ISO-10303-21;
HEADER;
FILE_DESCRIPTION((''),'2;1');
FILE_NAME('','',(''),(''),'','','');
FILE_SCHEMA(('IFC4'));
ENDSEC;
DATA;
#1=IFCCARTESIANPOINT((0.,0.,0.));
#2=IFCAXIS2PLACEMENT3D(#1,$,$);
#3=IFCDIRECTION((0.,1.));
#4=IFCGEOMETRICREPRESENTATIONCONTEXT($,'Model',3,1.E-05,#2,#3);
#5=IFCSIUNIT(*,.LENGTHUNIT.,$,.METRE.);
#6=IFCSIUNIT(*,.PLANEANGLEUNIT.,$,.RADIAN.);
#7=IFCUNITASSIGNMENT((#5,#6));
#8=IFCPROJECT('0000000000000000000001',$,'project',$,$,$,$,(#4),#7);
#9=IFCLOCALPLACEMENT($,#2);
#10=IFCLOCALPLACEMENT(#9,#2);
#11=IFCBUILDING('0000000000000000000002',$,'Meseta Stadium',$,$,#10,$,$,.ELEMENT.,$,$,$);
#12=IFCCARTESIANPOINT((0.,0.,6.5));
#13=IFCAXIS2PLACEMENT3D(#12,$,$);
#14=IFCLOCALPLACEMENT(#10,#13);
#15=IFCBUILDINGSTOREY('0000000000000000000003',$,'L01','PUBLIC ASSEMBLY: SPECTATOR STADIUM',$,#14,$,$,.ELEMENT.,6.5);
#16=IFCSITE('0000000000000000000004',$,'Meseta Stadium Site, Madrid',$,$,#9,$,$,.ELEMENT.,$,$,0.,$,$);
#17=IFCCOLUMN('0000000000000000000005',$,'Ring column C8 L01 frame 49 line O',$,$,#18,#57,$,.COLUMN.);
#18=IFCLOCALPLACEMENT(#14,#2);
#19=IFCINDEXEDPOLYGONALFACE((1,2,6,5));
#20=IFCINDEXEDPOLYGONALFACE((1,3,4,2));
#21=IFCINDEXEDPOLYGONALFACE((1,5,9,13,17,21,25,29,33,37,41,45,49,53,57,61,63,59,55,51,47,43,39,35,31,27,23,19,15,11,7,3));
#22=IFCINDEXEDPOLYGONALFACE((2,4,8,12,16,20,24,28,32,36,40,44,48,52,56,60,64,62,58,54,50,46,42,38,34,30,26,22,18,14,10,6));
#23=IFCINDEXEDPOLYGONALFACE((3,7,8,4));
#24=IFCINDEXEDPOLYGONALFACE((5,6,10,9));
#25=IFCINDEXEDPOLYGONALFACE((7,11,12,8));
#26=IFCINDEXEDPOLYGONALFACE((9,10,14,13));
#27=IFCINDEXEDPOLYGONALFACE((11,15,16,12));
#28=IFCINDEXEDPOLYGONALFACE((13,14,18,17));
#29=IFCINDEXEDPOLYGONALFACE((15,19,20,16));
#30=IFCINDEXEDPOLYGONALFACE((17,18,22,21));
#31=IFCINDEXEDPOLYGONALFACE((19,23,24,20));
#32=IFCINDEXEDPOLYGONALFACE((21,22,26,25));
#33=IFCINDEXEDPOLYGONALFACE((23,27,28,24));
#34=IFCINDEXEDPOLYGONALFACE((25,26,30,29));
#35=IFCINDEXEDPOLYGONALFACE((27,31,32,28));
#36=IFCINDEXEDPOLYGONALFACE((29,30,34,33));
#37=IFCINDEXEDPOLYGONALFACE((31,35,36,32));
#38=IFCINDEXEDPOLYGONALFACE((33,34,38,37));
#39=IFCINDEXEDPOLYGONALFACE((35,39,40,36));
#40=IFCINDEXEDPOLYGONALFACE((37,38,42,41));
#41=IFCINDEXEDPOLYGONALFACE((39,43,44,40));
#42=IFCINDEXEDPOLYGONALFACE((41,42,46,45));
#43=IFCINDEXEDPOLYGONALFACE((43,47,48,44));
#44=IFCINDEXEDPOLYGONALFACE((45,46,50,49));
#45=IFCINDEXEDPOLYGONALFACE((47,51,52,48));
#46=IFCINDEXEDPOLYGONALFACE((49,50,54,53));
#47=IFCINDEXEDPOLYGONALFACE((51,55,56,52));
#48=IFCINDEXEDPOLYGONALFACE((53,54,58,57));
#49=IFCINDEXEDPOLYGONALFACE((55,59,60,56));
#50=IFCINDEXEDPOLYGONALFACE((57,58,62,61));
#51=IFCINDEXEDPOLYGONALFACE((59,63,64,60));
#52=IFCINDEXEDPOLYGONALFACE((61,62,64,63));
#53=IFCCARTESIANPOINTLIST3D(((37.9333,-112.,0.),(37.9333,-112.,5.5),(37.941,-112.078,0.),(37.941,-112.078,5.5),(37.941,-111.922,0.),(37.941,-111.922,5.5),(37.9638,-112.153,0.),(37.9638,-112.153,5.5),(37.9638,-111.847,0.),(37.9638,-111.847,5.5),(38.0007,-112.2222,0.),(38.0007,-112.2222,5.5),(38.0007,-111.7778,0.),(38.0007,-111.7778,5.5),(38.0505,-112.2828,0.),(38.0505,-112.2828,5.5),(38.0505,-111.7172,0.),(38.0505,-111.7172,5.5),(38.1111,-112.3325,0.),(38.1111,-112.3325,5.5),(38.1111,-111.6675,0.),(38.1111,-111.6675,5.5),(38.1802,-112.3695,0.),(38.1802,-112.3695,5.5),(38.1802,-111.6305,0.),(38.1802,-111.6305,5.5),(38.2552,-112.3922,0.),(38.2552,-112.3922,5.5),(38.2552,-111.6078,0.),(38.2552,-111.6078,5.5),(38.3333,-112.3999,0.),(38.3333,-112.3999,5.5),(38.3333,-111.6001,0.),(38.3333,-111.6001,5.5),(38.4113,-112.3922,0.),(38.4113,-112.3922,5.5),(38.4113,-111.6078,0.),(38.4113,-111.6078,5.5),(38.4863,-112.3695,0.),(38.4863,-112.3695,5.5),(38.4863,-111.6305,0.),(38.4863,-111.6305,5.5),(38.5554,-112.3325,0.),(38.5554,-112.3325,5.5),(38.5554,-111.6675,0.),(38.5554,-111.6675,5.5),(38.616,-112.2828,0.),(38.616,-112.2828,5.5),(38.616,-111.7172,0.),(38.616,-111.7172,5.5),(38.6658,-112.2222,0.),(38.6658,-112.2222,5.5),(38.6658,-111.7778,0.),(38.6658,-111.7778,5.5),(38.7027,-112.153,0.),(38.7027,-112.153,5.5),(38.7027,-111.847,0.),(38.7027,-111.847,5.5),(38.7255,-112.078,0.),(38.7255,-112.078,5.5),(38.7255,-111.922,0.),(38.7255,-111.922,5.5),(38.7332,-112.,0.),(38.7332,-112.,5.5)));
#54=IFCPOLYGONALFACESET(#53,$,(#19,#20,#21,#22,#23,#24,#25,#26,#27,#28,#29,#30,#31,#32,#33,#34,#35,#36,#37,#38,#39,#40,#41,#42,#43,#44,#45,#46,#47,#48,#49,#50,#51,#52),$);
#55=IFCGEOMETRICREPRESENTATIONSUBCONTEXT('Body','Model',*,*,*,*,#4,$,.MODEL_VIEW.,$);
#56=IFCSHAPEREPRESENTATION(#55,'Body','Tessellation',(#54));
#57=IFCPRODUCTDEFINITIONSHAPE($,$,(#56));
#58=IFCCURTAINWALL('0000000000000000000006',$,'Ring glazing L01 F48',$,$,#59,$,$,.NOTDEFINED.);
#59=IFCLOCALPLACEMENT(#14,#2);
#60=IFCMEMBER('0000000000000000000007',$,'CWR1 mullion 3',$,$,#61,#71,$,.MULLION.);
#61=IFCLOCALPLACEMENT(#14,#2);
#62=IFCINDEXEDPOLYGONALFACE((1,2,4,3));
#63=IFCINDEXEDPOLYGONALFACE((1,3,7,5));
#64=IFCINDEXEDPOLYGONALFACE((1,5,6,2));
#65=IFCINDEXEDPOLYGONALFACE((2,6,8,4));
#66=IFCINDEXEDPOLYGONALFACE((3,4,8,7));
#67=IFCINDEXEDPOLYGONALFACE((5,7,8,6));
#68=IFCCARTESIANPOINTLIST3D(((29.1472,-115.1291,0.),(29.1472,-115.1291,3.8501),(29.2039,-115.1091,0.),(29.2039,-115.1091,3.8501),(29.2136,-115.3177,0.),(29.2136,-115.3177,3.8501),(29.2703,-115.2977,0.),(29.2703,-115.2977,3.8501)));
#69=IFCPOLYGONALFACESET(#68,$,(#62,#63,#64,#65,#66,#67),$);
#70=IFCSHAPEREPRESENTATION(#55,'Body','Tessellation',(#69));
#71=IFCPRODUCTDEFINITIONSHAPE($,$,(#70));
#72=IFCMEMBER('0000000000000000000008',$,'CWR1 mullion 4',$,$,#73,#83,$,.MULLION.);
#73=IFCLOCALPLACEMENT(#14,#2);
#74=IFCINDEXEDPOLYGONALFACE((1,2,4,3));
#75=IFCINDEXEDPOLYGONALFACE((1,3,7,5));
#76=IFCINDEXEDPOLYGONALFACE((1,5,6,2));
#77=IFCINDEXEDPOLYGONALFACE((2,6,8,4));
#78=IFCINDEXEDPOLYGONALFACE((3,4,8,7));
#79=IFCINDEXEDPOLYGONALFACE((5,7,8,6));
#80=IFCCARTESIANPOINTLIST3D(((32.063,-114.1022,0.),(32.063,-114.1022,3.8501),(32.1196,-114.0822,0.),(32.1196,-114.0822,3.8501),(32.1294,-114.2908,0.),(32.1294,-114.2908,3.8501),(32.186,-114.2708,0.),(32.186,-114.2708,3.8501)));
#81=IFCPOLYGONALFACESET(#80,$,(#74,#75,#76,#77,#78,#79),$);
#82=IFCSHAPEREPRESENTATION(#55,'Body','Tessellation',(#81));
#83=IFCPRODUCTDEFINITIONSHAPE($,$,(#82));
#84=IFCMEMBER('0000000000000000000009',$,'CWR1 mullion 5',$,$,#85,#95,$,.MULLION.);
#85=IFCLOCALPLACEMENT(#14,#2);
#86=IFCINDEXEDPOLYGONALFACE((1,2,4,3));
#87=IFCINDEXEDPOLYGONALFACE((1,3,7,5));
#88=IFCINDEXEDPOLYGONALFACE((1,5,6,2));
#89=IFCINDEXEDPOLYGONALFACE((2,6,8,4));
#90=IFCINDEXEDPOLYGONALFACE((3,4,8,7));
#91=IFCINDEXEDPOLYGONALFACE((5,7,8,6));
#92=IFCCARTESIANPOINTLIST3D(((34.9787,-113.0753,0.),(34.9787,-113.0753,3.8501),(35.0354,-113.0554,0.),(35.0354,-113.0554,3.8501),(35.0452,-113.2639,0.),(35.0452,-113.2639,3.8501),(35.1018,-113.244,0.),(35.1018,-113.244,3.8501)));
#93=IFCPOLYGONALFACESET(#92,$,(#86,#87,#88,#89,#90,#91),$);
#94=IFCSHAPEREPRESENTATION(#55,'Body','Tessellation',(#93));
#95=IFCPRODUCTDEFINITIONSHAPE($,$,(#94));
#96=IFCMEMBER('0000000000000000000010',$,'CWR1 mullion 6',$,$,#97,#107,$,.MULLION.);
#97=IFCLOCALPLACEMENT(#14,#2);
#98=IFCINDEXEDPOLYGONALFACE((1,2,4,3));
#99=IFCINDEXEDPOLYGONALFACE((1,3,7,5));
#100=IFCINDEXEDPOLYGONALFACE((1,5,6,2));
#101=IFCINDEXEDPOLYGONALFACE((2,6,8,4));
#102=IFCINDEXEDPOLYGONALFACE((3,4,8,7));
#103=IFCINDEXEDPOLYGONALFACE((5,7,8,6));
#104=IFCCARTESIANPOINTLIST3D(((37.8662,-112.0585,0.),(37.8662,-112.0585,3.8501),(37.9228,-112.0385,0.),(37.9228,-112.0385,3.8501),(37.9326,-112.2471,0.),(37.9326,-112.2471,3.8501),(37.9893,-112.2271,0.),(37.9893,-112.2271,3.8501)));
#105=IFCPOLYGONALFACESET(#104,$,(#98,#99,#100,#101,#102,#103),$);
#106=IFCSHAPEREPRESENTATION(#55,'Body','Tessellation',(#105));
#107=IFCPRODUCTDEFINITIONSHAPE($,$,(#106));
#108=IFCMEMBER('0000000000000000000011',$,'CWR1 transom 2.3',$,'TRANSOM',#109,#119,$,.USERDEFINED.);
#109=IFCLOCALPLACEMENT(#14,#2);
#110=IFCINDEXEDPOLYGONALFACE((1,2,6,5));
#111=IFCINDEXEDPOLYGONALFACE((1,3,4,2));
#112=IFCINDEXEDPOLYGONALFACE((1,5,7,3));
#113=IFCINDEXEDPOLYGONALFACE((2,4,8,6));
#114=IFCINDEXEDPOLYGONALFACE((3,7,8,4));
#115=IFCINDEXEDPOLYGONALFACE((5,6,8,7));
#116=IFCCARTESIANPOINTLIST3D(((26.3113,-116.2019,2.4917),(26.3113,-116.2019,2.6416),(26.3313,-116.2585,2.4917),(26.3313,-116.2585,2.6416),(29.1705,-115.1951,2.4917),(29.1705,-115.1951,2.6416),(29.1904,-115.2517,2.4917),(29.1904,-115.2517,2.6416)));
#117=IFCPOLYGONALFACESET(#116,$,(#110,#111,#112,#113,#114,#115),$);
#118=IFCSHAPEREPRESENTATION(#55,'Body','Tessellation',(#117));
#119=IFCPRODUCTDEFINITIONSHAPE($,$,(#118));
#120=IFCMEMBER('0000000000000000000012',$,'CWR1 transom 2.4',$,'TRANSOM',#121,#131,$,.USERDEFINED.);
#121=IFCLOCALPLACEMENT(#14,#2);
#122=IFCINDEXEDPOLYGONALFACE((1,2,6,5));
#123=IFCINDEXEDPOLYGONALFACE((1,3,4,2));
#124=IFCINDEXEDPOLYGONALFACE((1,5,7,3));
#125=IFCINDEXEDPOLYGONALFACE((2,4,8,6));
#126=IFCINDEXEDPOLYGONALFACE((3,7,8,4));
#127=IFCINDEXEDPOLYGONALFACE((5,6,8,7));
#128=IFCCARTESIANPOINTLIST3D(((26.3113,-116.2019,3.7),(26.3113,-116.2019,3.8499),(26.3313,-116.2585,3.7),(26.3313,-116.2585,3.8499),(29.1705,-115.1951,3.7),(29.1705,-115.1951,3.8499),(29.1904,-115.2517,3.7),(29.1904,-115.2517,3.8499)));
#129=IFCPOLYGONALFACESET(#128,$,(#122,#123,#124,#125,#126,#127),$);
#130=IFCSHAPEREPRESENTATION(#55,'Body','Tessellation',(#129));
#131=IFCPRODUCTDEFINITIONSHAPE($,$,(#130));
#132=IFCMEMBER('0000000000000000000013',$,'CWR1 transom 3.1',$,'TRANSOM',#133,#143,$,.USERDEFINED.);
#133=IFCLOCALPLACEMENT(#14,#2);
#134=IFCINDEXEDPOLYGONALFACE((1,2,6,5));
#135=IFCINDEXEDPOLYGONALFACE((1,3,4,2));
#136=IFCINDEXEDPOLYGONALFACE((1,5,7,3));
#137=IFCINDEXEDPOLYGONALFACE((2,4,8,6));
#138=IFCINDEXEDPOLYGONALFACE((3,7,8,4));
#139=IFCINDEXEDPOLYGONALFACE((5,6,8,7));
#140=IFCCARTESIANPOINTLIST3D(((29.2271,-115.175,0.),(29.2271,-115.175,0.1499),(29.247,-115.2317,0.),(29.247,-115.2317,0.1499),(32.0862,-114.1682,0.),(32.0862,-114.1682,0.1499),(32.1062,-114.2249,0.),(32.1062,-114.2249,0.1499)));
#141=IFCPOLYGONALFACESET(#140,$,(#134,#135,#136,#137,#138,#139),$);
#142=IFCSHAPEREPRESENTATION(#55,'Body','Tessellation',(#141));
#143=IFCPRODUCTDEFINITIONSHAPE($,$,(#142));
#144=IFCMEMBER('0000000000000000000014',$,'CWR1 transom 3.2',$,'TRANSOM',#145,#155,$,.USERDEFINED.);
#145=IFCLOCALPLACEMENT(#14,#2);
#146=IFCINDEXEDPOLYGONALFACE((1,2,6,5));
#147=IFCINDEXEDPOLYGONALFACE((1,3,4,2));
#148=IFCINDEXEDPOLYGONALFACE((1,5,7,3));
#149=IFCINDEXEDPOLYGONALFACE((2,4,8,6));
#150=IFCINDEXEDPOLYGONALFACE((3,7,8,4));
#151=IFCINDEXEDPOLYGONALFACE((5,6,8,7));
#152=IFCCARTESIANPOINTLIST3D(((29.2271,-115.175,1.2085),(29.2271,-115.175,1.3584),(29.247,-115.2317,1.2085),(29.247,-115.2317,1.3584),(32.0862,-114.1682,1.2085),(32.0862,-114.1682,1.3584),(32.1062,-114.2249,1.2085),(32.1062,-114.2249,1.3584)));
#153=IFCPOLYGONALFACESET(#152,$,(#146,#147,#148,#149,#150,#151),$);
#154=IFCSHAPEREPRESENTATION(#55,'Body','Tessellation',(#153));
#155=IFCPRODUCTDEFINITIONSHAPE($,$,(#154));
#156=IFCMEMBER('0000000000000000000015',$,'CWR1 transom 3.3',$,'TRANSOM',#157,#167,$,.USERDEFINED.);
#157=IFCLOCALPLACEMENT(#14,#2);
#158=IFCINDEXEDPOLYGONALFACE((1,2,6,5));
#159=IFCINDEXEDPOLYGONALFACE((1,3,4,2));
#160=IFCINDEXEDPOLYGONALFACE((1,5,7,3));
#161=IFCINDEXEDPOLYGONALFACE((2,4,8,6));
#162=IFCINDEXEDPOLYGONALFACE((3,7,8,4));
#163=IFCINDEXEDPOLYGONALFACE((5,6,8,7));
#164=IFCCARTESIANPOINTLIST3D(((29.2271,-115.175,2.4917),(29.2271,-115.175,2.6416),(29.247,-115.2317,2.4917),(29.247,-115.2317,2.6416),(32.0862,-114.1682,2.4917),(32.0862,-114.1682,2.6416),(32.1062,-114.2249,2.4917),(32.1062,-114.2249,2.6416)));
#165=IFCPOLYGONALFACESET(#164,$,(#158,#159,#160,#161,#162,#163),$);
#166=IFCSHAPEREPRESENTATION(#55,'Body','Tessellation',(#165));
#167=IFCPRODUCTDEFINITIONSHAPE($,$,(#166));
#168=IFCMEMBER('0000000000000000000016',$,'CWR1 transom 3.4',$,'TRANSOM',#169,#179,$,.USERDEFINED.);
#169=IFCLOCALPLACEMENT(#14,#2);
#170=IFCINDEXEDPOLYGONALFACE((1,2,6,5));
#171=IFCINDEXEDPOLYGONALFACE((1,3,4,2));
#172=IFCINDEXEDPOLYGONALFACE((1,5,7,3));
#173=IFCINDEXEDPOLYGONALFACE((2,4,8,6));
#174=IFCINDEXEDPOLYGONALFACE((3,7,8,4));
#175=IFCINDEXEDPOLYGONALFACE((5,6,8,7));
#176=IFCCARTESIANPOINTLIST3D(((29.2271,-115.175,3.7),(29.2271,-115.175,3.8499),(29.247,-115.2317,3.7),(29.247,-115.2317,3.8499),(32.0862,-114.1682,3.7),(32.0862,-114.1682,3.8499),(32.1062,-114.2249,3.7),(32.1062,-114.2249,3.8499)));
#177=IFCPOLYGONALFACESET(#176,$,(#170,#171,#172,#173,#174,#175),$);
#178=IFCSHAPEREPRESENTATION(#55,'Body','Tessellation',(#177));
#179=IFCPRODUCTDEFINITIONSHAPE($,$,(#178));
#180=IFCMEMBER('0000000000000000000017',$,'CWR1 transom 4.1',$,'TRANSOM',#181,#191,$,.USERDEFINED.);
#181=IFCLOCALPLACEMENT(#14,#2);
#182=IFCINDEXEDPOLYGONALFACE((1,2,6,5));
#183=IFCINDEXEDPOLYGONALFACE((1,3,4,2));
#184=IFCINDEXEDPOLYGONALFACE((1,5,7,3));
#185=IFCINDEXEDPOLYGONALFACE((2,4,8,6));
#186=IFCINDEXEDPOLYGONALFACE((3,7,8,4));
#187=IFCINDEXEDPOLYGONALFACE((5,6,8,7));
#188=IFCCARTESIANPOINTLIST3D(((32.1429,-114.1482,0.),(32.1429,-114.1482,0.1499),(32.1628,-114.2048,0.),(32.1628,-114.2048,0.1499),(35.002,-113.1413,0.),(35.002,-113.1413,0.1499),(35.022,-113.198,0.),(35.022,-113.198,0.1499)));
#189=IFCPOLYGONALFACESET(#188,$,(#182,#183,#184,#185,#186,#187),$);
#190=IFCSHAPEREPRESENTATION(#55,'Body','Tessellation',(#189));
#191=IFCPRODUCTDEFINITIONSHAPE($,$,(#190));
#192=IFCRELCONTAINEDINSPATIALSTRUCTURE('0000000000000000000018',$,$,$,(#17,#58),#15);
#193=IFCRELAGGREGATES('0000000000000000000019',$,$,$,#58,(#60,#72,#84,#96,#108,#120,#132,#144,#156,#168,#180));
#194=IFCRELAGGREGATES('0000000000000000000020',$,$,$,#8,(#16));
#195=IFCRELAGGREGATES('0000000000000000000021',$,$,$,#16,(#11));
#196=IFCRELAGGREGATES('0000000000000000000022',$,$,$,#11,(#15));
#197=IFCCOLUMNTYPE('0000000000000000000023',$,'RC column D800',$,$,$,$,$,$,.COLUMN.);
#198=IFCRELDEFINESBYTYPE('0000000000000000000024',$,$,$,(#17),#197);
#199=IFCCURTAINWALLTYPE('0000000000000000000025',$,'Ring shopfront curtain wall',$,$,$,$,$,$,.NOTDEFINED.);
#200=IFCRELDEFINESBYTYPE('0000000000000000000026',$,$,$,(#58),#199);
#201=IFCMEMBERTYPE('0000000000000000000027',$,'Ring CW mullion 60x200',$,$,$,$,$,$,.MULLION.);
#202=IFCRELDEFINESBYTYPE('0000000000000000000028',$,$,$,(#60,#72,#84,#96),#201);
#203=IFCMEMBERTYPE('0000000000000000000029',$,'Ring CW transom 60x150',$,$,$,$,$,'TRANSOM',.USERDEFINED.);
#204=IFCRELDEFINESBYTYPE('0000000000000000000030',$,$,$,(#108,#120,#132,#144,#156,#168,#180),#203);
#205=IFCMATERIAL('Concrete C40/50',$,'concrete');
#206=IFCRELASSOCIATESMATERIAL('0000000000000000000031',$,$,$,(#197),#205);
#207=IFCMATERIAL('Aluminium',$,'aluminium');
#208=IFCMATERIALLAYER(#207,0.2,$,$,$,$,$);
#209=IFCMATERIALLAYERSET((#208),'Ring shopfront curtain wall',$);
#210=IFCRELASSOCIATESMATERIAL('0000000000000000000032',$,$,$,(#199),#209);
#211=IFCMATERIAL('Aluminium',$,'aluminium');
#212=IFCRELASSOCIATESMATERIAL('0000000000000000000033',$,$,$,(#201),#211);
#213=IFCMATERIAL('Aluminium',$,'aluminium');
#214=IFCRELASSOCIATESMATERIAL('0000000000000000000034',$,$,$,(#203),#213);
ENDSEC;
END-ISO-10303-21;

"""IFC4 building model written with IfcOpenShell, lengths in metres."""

from ifc_helpers import new_model, si_unit, direction, frame, origin, origin_2d, place, context, subcontext, project, spatial, rectangle, circle, extrude, material, layer, layer_set, material_profile, profile_set, type_object, element, aggregate, save


model = new_model("IFC4")

# Units and contexts
model_context = context("Model", 3, precision=1e-05, world=origin(), true_north=direction((0.0, 1.0)))
body_context = subcontext(model_context, "Body", "Model", "MODEL_VIEW")
ifc_project = project(units=[si_unit("LENGTHUNIT", "METRE"), si_unit("PLANEANGLEUNIT", "RADIAN")], contexts=[model_context])

# Site, building, storey
site_placement = place(None, origin())
site = spatial("IfcSite", under=ifc_project, at=site_placement, Name="Meseta Stadium Site, Madrid", CompositionType="ELEMENT", RefElevation=0.0)
building_placement = place(site_placement, origin())
building = spatial("IfcBuilding", under=site, at=building_placement, Name="Meseta Stadium", CompositionType="ELEMENT")
storey_placement = place(building_placement, frame((0.0, 0.0, 6.5)))
storey = spatial("IfcBuildingStorey", under=building, at=storey_placement, Name="L01", Description="PUBLIC ASSEMBLY: SPECTATOR STADIUM", CompositionType="ELEMENT", Elevation=6.5)

# Column
ifc_material_1 = material(Name="Concrete C40/50", Category="concrete")
ifc_material_profile_1 = material_profile(ifc_material_1, circle(Radius=0.3999, at=origin_2d()), Name="RC D800")
ifc_profile_set_1 = profile_set([ifc_material_profile_1], Name="Concrete C40/50")
column_type = type_object("IfcColumnType", Name="RC column D800", PredefinedType="COLUMN", material=ifc_profile_set_1)
column_placement = place(storey_placement, frame((38.3333, -112.0, 0.0), z_axis=(0.0, 0.0, 1.0), x_axis=(1.0, 0.0, 0.0)))
element("IfcColumn", 1, at=column_placement, inside=storey, type_object=column_type, Name="Ring column C8 L01 frame 49 line O", PredefinedType="COLUMN", context=body_context, shape_type="SweptSolid", body=[
    extrude(circle(Radius=0.3999, at=origin_2d()), origin(), (0.0, 0.0, 1.0), 5.5),
])

# Curtain wall, members
ifc_material_2 = material(Name="Aluminium", Category="aluminium")
ifc_layer_1 = layer(ifc_material_2, 0.2)
ifc_layer_set_1 = layer_set([ifc_layer_1], Name="Ring shopfront curtain wall")
curtain_wall_type = type_object("IfcCurtainWallType", Name="Ring shopfront curtain wall", PredefinedType="NOTDEFINED", material=ifc_layer_set_1)
curtain_wall_placement = place(storey_placement, origin())
curtain_wall = element("IfcCurtainWall", 2, at=curtain_wall_placement, inside=storey, type_object=curtain_wall_type, Name="Ring glazing L01 F48", PredefinedType="NOTDEFINED")
ifc_material_3 = material(Name="Aluminium", Category="aluminium")
ifc_material_profile_2 = material_profile(ifc_material_3, rectangle(XDim=0.2, YDim=0.0601, at=origin_2d()), Name="CW 200x60")
ifc_profile_set_2 = profile_set([ifc_material_profile_2], Name="Aluminium")
member_type_1 = type_object("IfcMemberType", Name="Ring CW mullion 60x200", PredefinedType="MULLION", material=ifc_profile_set_2)
member_1_placement = place(storey_placement, frame((29.2087, -115.2134, 0.0), z_axis=(0.0, 0.0, 1.0), x_axis=(-0.332174, 0.943218, 0.0)))
member_1 = element("IfcMember", 3, at=member_1_placement, type_object=member_type_1, Name="CWR1 mullion 3", PredefinedType="MULLION", context=body_context, shape_type="SweptSolid", body=[
    extrude(rectangle(XDim=0.2, YDim=0.0601, at=origin_2d()), origin(), (0.0, 0.0, 1.0), 3.8501),
])
member_2_placement = place(storey_placement, frame((32.1245, -114.1865, 0.0), z_axis=(0.0, 0.0, 1.0), x_axis=(-0.332174, 0.943218, 0.0)))
member_2 = element("IfcMember", 4, at=member_2_placement, type_object=member_type_1, Name="CWR1 mullion 4", PredefinedType="MULLION", context=body_context, shape_type="SweptSolid", body=[
    extrude(rectangle(XDim=0.2, YDim=0.0601, at=origin_2d()), origin(), (0.0, 0.0, 1.0), 3.8501),
])
member_3_placement = place(storey_placement, frame((35.0403, -113.1597, 0.0), z_axis=(0.0, 0.0, 1.0), x_axis=(-0.332174, 0.943218, 0.0)))
member_3 = element("IfcMember", 5, at=member_3_placement, type_object=member_type_1, Name="CWR1 mullion 5", PredefinedType="MULLION", context=body_context, shape_type="SweptSolid", body=[
    extrude(rectangle(XDim=0.2, YDim=0.0601, at=origin_2d()), origin(), (0.0, 0.0, 1.0), 3.8501),
])
member_4_placement = place(storey_placement, frame((37.9277, -112.1428, 0.0), z_axis=(0.0, 0.0, 1.0), x_axis=(-0.332174, 0.943218, 0.0)))
member_4 = element("IfcMember", 6, at=member_4_placement, type_object=member_type_1, Name="CWR1 mullion 6", PredefinedType="MULLION", context=body_context, shape_type="SweptSolid", body=[
    extrude(rectangle(XDim=0.2, YDim=0.0601, at=origin_2d()), origin(), (0.0, 0.0, 1.0), 3.8501),
])
ifc_material_4 = material(Name="Aluminium", Category="aluminium")
ifc_material_profile_3 = material_profile(ifc_material_4, rectangle(XDim=0.0601, YDim=0.1499, at=origin_2d()), Name="CW 60x150")
ifc_profile_set_3 = profile_set([ifc_material_profile_3], Name="Aluminium")
member_type_2 = type_object("IfcMemberType", Name="Ring CW transom 60x150", ElementType="TRANSOM", PredefinedType="USERDEFINED", material=ifc_profile_set_3)
member_5_placement = place(storey_placement, frame((26.3213, -116.2302, 2.5667), z_axis=(0.943225, 0.332154, 0.0), x_axis=(-0.332154, 0.943225, 0.0)))
member_5 = element("IfcMember", 7, at=member_5_placement, type_object=member_type_2, Name="CWR1 transom 2.3", ObjectType="TRANSOM", PredefinedType="USERDEFINED", context=body_context, shape_type="SweptSolid", body=[
    extrude(rectangle(XDim=0.0601, YDim=0.1499, at=origin_2d()), origin(), (0.0, 0.0, 1.0), 3.0312),
])
member_6_placement = place(storey_placement, frame((26.3213, -116.2302, 3.7749), z_axis=(0.943225, 0.332154, 0.0), x_axis=(-0.332154, 0.943225, 0.0)))
member_6 = element("IfcMember", 8, at=member_6_placement, type_object=member_type_2, Name="CWR1 transom 2.4", ObjectType="TRANSOM", PredefinedType="USERDEFINED", context=body_context, shape_type="SweptSolid", body=[
    extrude(rectangle(XDim=0.0601, YDim=0.1499, at=origin_2d()), origin(), (0.0, 0.0, 1.0), 3.0312),
])
member_7_placement = place(storey_placement, frame((29.2371, -115.2034, 0.075), z_axis=(0.943225, 0.332154, 0.0), x_axis=(-0.332154, 0.943225, 0.0)))
member_7 = element("IfcMember", 9, at=member_7_placement, type_object=member_type_2, Name="CWR1 transom 3.1", ObjectType="TRANSOM", PredefinedType="USERDEFINED", context=body_context, shape_type="SweptSolid", body=[
    extrude(rectangle(XDim=0.0601, YDim=0.1499, at=origin_2d()), origin(), (0.0, 0.0, 1.0), 3.0312),
])
member_8_placement = place(storey_placement, frame((29.2371, -115.2034, 1.2834), z_axis=(0.943225, 0.332154, 0.0), x_axis=(-0.332154, 0.943225, 0.0)))
member_8 = element("IfcMember", 10, at=member_8_placement, type_object=member_type_2, Name="CWR1 transom 3.2", ObjectType="TRANSOM", PredefinedType="USERDEFINED", context=body_context, shape_type="SweptSolid", body=[
    extrude(rectangle(XDim=0.0601, YDim=0.1499, at=origin_2d()), origin(), (0.0, 0.0, 1.0), 3.0312),
])
member_9_placement = place(storey_placement, frame((29.2371, -115.2034, 2.5667), z_axis=(0.943225, 0.332154, 0.0), x_axis=(-0.332154, 0.943225, 0.0)))
member_9 = element("IfcMember", 11, at=member_9_placement, type_object=member_type_2, Name="CWR1 transom 3.3", ObjectType="TRANSOM", PredefinedType="USERDEFINED", context=body_context, shape_type="SweptSolid", body=[
    extrude(rectangle(XDim=0.0601, YDim=0.1499, at=origin_2d()), origin(), (0.0, 0.0, 1.0), 3.0312),
])
member_10_placement = place(storey_placement, frame((29.2371, -115.2034, 3.7749), z_axis=(0.943225, 0.332154, 0.0), x_axis=(-0.332154, 0.943225, 0.0)))
member_10 = element("IfcMember", 12, at=member_10_placement, type_object=member_type_2, Name="CWR1 transom 3.4", ObjectType="TRANSOM", PredefinedType="USERDEFINED", context=body_context, shape_type="SweptSolid", body=[
    extrude(rectangle(XDim=0.0601, YDim=0.1499, at=origin_2d()), origin(), (0.0, 0.0, 1.0), 3.0312),
])
member_11_placement = place(storey_placement, frame((32.1528, -114.1765, 0.075), z_axis=(0.943225, 0.332154, 0.0), x_axis=(-0.332154, 0.943225, 0.0)))
member_11 = element("IfcMember", 13, at=member_11_placement, type_object=member_type_2, Name="CWR1 transom 4.1", ObjectType="TRANSOM", PredefinedType="USERDEFINED", context=body_context, shape_type="SweptSolid", body=[
    extrude(rectangle(XDim=0.0601, YDim=0.1499, at=origin_2d()), origin(), (0.0, 0.0, 1.0), 3.0312),
])
aggregate(curtain_wall, [member_1, member_2, member_3, member_4, member_5, member_6, member_7, member_8, member_9, member_10, member_11])

save(model, "model.ifc")
